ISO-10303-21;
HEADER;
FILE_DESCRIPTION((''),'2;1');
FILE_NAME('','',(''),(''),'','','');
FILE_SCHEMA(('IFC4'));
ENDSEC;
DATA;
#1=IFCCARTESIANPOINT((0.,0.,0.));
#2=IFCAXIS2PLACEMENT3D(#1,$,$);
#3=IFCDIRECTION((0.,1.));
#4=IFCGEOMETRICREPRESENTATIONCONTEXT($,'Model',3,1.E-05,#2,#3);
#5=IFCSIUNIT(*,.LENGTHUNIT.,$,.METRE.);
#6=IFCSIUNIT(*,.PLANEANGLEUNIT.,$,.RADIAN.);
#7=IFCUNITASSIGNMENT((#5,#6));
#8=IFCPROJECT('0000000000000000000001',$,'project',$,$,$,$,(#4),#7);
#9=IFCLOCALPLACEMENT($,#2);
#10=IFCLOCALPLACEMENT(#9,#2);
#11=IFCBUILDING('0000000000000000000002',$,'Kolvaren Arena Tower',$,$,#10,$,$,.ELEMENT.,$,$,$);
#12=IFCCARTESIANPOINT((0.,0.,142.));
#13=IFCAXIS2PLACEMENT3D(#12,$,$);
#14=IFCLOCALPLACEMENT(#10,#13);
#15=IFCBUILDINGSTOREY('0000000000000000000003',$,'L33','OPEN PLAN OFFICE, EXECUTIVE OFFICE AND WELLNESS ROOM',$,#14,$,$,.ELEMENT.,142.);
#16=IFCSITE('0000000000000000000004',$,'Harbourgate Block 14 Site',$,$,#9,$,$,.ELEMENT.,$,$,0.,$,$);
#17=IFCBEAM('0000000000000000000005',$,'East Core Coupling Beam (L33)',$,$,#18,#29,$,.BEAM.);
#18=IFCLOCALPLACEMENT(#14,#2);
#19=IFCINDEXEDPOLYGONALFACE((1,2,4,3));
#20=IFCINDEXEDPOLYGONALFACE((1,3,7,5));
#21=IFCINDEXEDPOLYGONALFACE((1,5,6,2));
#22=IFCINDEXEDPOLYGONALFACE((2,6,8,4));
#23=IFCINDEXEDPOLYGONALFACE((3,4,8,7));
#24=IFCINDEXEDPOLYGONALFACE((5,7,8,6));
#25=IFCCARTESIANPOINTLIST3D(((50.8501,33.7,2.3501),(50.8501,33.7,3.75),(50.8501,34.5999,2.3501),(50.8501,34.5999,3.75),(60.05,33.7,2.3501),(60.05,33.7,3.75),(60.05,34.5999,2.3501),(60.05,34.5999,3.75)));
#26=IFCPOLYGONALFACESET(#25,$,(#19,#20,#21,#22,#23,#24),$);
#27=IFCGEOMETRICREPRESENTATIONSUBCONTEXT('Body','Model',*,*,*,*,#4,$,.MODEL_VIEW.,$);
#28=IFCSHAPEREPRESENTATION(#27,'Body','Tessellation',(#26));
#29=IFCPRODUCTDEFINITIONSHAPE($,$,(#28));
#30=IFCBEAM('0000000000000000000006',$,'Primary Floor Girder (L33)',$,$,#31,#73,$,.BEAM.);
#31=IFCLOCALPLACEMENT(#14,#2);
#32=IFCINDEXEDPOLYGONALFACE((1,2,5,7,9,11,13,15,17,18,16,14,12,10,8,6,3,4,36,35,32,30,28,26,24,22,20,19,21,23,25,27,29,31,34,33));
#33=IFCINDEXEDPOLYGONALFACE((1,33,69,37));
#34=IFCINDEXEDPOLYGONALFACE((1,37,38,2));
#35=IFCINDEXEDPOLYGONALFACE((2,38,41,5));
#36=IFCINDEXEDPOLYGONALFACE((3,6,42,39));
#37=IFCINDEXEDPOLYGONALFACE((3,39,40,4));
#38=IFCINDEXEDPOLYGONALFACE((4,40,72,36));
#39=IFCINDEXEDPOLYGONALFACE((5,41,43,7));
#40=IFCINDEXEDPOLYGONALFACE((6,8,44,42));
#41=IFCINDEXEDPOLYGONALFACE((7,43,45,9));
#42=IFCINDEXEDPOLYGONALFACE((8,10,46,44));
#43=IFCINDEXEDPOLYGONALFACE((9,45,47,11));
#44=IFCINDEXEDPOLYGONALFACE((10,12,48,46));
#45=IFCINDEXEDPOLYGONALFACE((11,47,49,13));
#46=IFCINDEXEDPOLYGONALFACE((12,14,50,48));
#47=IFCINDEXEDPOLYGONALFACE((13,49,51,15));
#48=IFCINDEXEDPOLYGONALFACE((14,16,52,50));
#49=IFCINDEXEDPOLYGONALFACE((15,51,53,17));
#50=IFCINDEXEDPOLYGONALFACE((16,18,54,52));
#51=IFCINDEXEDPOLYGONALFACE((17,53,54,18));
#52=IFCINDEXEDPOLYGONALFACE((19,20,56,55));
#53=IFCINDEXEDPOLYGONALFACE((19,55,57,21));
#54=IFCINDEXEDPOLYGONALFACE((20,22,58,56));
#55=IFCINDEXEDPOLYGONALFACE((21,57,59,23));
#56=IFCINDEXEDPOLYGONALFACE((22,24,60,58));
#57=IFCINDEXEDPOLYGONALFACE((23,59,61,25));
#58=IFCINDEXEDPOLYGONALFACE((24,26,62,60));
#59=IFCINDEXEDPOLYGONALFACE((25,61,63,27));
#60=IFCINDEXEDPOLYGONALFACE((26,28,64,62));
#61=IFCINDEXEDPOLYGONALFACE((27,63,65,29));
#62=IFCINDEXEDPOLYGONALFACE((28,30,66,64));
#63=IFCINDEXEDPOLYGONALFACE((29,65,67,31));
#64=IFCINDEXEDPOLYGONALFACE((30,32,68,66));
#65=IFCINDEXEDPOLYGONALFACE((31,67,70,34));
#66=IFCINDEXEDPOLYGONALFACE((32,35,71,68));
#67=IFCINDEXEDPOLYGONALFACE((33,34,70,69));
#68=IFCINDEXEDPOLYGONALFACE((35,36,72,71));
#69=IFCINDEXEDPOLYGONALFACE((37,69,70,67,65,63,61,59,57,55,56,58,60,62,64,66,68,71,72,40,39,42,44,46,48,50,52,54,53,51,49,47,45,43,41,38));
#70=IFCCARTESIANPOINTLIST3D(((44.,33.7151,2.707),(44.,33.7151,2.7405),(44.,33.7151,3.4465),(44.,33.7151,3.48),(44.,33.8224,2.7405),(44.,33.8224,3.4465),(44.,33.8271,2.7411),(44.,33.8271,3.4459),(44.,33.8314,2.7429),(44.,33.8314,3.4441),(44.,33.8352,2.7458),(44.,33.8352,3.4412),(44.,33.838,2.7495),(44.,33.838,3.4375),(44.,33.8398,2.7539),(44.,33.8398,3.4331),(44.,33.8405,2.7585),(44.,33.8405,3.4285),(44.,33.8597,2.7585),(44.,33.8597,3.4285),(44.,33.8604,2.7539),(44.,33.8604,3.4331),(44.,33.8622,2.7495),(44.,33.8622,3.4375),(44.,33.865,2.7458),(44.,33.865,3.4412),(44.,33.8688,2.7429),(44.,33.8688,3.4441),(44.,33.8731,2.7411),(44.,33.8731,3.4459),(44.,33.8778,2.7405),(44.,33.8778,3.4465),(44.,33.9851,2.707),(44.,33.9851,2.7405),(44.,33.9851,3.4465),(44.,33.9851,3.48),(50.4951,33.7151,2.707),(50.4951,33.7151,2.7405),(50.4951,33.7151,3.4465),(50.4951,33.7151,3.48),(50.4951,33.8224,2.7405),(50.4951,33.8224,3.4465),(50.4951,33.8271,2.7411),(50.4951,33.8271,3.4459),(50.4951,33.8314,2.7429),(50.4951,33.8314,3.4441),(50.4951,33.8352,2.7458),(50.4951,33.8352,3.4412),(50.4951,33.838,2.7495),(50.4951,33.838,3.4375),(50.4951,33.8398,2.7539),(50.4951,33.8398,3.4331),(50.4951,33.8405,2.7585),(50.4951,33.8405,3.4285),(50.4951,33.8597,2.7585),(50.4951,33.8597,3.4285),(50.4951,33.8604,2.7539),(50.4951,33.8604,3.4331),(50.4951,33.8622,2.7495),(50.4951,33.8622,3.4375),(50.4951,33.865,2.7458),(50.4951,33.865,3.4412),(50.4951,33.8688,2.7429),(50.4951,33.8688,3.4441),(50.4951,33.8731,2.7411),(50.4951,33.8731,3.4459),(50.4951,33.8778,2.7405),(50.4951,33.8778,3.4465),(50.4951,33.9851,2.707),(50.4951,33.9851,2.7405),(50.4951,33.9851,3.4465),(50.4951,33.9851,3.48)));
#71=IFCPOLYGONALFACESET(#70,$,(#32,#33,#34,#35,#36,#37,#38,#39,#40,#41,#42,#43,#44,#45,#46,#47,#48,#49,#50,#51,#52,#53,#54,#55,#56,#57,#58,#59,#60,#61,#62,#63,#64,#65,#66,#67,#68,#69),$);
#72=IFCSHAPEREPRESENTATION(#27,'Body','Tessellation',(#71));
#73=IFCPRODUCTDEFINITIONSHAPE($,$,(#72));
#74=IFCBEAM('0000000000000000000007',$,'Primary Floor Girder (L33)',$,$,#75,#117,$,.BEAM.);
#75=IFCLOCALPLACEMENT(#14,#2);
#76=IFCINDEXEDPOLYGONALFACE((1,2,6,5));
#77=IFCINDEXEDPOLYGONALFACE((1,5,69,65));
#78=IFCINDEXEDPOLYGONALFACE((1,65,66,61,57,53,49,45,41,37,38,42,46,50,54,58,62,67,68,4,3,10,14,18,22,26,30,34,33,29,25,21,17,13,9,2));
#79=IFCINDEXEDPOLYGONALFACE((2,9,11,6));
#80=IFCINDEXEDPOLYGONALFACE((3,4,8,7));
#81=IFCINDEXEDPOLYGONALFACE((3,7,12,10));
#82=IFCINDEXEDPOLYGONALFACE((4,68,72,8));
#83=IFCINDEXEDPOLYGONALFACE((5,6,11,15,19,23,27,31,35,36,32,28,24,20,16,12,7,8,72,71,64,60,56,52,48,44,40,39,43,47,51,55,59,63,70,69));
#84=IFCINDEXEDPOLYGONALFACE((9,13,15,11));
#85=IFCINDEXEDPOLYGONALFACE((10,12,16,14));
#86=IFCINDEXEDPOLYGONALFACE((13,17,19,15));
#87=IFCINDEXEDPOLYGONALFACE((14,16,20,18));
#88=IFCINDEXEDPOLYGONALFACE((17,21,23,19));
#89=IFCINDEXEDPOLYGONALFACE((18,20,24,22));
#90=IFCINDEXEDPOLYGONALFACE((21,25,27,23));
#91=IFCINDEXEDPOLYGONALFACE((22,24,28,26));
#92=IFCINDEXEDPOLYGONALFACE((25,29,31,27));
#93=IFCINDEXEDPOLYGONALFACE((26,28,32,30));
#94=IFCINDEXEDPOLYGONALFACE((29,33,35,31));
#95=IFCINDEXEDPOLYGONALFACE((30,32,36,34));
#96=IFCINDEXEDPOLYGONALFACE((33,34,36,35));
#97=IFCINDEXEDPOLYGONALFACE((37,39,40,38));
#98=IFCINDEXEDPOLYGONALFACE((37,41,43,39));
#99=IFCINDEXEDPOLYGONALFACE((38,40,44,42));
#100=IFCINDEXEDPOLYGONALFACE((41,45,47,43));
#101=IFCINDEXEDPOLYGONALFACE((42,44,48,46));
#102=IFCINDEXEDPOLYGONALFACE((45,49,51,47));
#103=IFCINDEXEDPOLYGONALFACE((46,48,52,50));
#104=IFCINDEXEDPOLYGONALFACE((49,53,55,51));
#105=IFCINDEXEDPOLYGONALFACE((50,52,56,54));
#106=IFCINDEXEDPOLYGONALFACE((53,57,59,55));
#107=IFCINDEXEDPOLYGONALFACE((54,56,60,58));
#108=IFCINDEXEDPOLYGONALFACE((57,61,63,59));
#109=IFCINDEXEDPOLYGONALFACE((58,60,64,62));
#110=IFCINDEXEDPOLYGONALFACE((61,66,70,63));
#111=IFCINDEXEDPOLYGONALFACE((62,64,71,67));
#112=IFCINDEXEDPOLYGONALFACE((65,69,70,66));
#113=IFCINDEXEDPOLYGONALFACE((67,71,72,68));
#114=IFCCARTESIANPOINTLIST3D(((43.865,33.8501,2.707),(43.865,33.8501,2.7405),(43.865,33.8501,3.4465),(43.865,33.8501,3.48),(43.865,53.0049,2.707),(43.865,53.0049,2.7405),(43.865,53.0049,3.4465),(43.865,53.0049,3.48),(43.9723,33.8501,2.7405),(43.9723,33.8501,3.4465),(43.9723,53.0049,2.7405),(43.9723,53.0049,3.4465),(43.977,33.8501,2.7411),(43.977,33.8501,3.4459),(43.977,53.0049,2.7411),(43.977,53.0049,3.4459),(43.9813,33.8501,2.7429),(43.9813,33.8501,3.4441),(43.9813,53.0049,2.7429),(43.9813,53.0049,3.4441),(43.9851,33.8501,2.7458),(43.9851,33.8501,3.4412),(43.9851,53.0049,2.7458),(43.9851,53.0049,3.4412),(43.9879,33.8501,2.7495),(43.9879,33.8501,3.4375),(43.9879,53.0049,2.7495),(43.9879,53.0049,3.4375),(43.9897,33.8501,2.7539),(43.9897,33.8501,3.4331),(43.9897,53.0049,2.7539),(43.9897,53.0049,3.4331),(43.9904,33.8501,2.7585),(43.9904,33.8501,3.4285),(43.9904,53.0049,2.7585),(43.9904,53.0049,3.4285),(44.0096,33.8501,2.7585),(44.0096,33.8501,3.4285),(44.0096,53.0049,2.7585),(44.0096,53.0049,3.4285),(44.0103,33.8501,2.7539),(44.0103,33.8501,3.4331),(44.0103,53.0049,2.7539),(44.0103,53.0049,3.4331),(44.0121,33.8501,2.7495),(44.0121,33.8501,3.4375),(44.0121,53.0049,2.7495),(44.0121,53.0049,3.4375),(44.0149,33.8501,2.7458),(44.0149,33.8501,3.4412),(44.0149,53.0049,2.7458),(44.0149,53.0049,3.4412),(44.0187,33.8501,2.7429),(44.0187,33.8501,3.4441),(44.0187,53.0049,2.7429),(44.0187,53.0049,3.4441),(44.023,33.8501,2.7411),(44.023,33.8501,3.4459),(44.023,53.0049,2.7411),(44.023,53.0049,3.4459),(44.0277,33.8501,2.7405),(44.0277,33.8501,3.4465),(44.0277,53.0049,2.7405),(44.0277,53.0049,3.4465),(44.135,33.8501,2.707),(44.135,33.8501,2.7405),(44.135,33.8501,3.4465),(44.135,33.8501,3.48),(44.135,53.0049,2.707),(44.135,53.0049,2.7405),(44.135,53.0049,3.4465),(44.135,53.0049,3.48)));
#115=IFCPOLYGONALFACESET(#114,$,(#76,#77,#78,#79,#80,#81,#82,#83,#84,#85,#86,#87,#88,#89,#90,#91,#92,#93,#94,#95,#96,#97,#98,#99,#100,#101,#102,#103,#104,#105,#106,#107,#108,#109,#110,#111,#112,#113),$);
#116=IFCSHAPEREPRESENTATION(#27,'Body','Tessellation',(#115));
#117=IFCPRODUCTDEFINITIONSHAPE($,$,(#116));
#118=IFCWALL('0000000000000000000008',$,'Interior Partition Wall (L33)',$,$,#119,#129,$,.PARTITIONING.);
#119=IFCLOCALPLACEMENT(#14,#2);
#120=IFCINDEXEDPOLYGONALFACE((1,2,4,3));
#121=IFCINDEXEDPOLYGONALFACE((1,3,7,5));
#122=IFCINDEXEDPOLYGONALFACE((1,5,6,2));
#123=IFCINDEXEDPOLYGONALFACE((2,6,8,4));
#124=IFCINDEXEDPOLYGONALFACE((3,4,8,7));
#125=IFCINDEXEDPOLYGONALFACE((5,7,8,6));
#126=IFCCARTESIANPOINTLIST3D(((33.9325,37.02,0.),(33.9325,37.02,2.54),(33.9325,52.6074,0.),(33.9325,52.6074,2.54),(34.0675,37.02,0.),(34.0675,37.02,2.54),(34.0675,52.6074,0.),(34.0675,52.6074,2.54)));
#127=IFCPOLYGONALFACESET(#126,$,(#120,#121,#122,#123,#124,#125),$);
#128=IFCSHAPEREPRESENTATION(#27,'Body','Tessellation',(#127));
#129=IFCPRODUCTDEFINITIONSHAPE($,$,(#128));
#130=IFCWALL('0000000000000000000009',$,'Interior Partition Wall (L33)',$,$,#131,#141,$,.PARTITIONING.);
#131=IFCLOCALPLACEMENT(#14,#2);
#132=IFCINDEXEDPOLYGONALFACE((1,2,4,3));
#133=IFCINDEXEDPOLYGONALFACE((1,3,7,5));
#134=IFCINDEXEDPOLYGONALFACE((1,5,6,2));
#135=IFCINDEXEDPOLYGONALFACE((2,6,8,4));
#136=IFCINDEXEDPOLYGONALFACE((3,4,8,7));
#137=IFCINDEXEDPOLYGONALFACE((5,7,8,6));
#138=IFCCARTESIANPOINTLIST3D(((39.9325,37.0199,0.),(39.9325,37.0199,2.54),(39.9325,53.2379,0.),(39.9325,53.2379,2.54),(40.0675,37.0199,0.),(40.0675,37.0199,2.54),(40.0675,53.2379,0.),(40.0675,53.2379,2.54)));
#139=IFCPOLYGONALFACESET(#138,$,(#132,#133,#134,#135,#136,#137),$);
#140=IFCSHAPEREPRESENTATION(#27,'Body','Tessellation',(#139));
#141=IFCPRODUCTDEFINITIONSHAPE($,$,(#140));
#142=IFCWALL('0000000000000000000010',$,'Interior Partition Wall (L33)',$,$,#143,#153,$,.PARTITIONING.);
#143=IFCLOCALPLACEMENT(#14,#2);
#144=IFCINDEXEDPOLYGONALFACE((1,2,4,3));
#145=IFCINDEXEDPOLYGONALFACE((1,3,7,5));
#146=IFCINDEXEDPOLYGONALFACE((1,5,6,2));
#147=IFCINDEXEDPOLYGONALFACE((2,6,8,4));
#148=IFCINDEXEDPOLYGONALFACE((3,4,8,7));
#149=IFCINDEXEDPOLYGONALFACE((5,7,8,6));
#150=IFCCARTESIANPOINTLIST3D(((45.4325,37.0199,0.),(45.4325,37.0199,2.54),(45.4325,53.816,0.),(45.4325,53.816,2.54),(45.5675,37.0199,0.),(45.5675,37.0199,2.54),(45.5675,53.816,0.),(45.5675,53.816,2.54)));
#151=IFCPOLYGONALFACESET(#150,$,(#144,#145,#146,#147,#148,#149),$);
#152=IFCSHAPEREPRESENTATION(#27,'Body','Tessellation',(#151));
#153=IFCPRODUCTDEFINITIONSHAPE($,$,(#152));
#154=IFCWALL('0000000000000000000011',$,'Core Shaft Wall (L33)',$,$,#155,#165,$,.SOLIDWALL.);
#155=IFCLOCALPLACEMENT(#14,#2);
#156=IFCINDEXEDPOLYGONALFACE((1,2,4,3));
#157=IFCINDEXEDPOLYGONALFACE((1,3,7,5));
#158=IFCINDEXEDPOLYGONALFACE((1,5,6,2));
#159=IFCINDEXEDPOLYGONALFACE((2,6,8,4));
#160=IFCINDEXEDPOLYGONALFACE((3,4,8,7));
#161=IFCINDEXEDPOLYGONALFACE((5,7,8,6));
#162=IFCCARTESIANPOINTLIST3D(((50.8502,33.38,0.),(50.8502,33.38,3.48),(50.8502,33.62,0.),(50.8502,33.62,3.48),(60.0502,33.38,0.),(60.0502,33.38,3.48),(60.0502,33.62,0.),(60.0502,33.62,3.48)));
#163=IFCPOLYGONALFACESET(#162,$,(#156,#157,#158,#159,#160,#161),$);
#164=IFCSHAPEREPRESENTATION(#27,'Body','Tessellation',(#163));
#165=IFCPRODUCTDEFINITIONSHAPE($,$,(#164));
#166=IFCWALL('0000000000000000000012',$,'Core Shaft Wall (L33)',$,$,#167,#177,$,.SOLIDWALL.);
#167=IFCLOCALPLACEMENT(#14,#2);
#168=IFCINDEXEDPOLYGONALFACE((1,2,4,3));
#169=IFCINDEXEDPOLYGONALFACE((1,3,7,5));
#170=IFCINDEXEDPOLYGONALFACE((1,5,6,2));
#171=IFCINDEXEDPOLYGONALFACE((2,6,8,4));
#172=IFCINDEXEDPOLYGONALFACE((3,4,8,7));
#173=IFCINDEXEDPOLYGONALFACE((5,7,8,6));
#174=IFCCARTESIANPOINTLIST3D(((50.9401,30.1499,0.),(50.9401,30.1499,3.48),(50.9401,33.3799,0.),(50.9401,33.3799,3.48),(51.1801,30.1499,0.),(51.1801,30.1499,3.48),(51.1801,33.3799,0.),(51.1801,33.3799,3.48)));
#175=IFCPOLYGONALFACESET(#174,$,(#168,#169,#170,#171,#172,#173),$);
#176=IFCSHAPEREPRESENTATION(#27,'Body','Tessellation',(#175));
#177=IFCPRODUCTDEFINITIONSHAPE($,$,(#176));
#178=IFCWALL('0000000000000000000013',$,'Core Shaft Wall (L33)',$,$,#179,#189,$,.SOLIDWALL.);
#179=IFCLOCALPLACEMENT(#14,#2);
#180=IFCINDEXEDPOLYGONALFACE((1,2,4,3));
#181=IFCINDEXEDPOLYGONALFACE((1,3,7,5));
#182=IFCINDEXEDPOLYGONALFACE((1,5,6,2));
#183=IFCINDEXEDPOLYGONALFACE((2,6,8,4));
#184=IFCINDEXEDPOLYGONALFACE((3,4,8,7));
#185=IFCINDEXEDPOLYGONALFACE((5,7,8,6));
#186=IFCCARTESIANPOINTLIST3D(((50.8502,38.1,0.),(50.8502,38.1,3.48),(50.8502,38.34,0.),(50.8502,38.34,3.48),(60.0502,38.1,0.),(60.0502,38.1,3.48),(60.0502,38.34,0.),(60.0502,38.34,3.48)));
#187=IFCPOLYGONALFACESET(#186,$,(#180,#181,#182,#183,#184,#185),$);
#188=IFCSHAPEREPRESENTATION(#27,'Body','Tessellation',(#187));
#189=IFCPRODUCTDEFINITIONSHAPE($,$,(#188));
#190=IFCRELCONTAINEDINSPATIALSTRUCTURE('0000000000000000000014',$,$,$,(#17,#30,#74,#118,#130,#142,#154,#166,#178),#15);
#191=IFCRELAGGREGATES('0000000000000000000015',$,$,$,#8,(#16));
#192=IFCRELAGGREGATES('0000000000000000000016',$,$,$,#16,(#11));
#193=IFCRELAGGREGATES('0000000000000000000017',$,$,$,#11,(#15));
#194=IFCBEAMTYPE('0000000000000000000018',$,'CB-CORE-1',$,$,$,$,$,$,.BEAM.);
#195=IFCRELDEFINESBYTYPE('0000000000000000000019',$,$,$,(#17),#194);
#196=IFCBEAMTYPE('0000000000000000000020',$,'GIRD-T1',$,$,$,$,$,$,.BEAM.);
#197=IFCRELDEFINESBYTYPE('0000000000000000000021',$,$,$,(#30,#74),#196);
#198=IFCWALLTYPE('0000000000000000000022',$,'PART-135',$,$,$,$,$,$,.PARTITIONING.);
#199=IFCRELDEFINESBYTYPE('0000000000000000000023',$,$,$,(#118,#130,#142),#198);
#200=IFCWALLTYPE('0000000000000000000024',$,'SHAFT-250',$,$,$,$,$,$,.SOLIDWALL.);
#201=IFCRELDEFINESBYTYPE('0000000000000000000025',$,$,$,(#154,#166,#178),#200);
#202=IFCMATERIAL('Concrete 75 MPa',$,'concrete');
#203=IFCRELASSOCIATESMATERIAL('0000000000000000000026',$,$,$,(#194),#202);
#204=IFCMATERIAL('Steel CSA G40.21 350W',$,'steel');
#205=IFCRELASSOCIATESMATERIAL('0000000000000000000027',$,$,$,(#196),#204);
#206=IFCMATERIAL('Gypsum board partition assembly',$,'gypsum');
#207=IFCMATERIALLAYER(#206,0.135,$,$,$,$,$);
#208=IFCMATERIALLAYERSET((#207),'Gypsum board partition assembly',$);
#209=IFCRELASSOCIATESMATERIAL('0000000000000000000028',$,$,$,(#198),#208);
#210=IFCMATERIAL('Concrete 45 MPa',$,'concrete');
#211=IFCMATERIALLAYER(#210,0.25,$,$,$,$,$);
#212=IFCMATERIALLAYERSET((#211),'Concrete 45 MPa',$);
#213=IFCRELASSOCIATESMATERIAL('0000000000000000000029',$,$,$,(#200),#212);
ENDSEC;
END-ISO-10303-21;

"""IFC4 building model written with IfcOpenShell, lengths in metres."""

from ifc_helpers import new_model, si_unit, direction, frame, frame_2d, origin, origin_2d, place, context, subcontext, project, spatial, rectangle, i_section, extrude, material, layer, layer_set, material_profile, profile_set, type_object, element, save


model = new_model("IFC4")

# Units and contexts
model_context = context("Model", 3, precision=1e-05, world=origin(), true_north=direction((0.0, 1.0)))
body_context = subcontext(model_context, "Body", "Model", "MODEL_VIEW")
ifc_project = project(units=[si_unit("LENGTHUNIT", "METRE"), si_unit("PLANEANGLEUNIT", "RADIAN")], contexts=[model_context])

# Site, building, storey
site_placement = place(None, origin())
site = spatial("IfcSite", under=ifc_project, at=site_placement, Name="Harbourgate Block 14 Site", CompositionType="ELEMENT", RefElevation=0.0)
building_placement = place(site_placement, origin())
building = spatial("IfcBuilding", under=site, at=building_placement, Name="Kolvaren Arena Tower", CompositionType="ELEMENT")
storey_placement = place(building_placement, frame((0.0, 0.0, 142.0)))
storey = spatial("IfcBuildingStorey", under=building, at=storey_placement, Name="L33", Description="OPEN PLAN OFFICE, EXECUTIVE OFFICE AND WELLNESS ROOM", CompositionType="ELEMENT", Elevation=142.0)

# Beams
ifc_material_1 = material(Name="Steel CSA G40.21 350W", Category="steel")
ifc_material_2 = material(Name="Concrete 75 MPa", Category="concrete")
ifc_material_profile_1 = material_profile(ifc_material_2, rectangle(XDim=0.8999, YDim=1.3999, at=origin_2d()), Name="RC-900x1400")
ifc_profile_set_1 = profile_set([ifc_material_profile_1], Name="Concrete 75 MPa")
beam_type_1 = type_object("IfcBeamType", Name="CB-CORE-1", PredefinedType="BEAM", material=ifc_profile_set_1)
beam_1_placement = place(storey_placement, frame((50.8501, 34.1499, 3.05), z_axis=(1.0, 0.0, 0.0), x_axis=(0.0, 1.0, 0.0)))
element("IfcBeam", 1, at=beam_1_placement, inside=storey, type_object=beam_type_1, Name="East Core Coupling Beam (L33)", PredefinedType="BEAM", context=body_context, shape_type="SweptSolid", body=[
    extrude(rectangle(XDim=0.8999, YDim=1.3999, at=origin_2d()), origin(), (0.0, 0.0, 1.0), 9.2),
])
ifc_material_profile_2 = material_profile(ifc_material_1, i_section(OverallWidth=0.27, OverallDepth=0.7729, WebThickness=0.0193, FlangeThickness=0.0334, FilletRadius=0.0181, at=origin_2d()), Name="W760x257")
ifc_profile_set_2 = profile_set([ifc_material_profile_2], Name="Steel CSA G40.21 350W")
beam_type_2 = type_object("IfcBeamType", Name="GIRD-T1", PredefinedType="BEAM", material=ifc_profile_set_2)
beam_2_placement = place(storey_placement, frame((44.0, 33.8501, 3.0935), z_axis=(1.0, 0.0, 0.0), x_axis=(0.0, 1.0, 0.0)))
element("IfcBeam", 2, at=beam_2_placement, inside=storey, type_object=beam_type_2, Name="Primary Floor Girder (L33)", PredefinedType="BEAM", context=body_context, shape_type="SweptSolid", body=[
    extrude(i_section(OverallWidth=0.27, OverallDepth=0.7729, WebThickness=0.0193, FlangeThickness=0.0334, FilletRadius=0.0181, at=origin_2d()), origin(), (0.0, 0.0, 1.0), 6.4951),
])
beam_3_placement = place(storey_placement, frame((44.0, 33.8501, 3.0935), z_axis=(0.0, 1.0, 0.0), x_axis=(-1.0, 0.0, 0.0)))
element("IfcBeam", 3, at=beam_3_placement, inside=storey, type_object=beam_type_2, Name="Primary Floor Girder (L33)", PredefinedType="BEAM", context=body_context, shape_type="SweptSolid", body=[
    extrude(i_section(OverallWidth=0.27, OverallDepth=0.7729, WebThickness=0.0193, FlangeThickness=0.0334, FilletRadius=0.0181, at=origin_2d()), origin(), (0.0, 0.0, 1.0), 19.1548),
])

# Walls
ifc_material_3 = material(Name="Gypsum board partition assembly", Category="gypsum")
ifc_layer_1 = layer(ifc_material_3, 0.135)
ifc_layer_set_1 = layer_set([ifc_layer_1], Name="Gypsum board partition assembly")
wall_type_1 = type_object("IfcWallType", Name="PART-135", PredefinedType="PARTITIONING", material=ifc_layer_set_1)
wall_1_placement = place(storey_placement, frame((34.0, 37.02, 0.0), z_axis=(0.0, 0.0, 1.0), x_axis=(0.0, 1.0, 0.0)))
element("IfcWall", 4, at=wall_1_placement, inside=storey, type_object=wall_type_1, Name="Interior Partition Wall (L33)", PredefinedType="PARTITIONING", context=body_context, shape_type="SweptSolid", body=[
    extrude(rectangle(XDim=15.5874, YDim=0.135, at=frame_2d((7.7937, 0.0))), origin(), (0.0, 0.0, 1.0), 2.54),
])
wall_2_placement = place(storey_placement, frame((40.0, 37.02, 0.0), z_axis=(0.0, 0.0, 1.0), x_axis=(0.0, 1.0, 0.0)))
element("IfcWall", 5, at=wall_2_placement, inside=storey, type_object=wall_type_1, Name="Interior Partition Wall (L33)", PredefinedType="PARTITIONING", context=body_context, shape_type="SweptSolid", body=[
    extrude(rectangle(XDim=16.218, YDim=0.135, at=frame_2d((8.1089, 0.0))), origin(), (0.0, 0.0, 1.0), 2.54),
])
wall_3_placement = place(storey_placement, frame((45.5, 37.02, 0.0), z_axis=(0.0, 0.0, 1.0), x_axis=(0.0, 1.0, 0.0)))
element("IfcWall", 6, at=wall_3_placement, inside=storey, type_object=wall_type_1, Name="Interior Partition Wall (L33)", PredefinedType="PARTITIONING", context=body_context, shape_type="SweptSolid", body=[
    extrude(rectangle(XDim=16.7961, YDim=0.135, at=frame_2d((8.3979, 0.0))), origin(), (0.0, 0.0, 1.0), 2.54),
])
ifc_material_4 = material(Name="Concrete 45 MPa", Category="concrete")
ifc_layer_2 = layer(ifc_material_4, 0.25)
ifc_layer_set_2 = layer_set([ifc_layer_2], Name="Concrete 45 MPa")
wall_type_2 = type_object("IfcWallType", Name="SHAFT-250", PredefinedType="SOLIDWALL", material=ifc_layer_set_2)
wall_4_placement = place(storey_placement, frame((50.8501, 33.5, 0.0), z_axis=(0.0, 0.0, 1.0), x_axis=(1.0, 0.0, 0.0)))
element("IfcWall", 7, at=wall_4_placement, inside=storey, type_object=wall_type_2, Name="Core Shaft Wall (L33)", PredefinedType="SOLIDWALL", context=body_context, shape_type="SweptSolid", body=[
    extrude(rectangle(XDim=9.2, YDim=0.24, at=frame_2d((4.6001, 0.0))), origin(), (0.0, 0.0, 1.0), 3.48),
])
wall_5_placement = place(storey_placement, frame((51.0601, 30.1499, 0.0), z_axis=(0.0, 0.0, 1.0), x_axis=(0.0, 1.0, 0.0)))
element("IfcWall", 8, at=wall_5_placement, inside=storey, type_object=wall_type_2, Name="Core Shaft Wall (L33)", PredefinedType="SOLIDWALL", context=body_context, shape_type="SweptSolid", body=[
    extrude(rectangle(XDim=3.23, YDim=0.24, at=frame_2d((1.615, 0.0))), origin(), (0.0, 0.0, 1.0), 3.48),
])
wall_6_placement = place(storey_placement, frame((50.8501, 38.22, 0.0), z_axis=(0.0, 0.0, 1.0), x_axis=(1.0, 0.0, 0.0)))
element("IfcWall", 9, at=wall_6_placement, inside=storey, type_object=wall_type_2, Name="Core Shaft Wall (L33)", PredefinedType="SOLIDWALL", context=body_context, shape_type="SweptSolid", body=[
    extrude(rectangle(XDim=9.2, YDim=0.24, at=frame_2d((4.6001, 0.0))), origin(), (0.0, 0.0, 1.0), 3.48),
])

save(model, "model.ifc")
